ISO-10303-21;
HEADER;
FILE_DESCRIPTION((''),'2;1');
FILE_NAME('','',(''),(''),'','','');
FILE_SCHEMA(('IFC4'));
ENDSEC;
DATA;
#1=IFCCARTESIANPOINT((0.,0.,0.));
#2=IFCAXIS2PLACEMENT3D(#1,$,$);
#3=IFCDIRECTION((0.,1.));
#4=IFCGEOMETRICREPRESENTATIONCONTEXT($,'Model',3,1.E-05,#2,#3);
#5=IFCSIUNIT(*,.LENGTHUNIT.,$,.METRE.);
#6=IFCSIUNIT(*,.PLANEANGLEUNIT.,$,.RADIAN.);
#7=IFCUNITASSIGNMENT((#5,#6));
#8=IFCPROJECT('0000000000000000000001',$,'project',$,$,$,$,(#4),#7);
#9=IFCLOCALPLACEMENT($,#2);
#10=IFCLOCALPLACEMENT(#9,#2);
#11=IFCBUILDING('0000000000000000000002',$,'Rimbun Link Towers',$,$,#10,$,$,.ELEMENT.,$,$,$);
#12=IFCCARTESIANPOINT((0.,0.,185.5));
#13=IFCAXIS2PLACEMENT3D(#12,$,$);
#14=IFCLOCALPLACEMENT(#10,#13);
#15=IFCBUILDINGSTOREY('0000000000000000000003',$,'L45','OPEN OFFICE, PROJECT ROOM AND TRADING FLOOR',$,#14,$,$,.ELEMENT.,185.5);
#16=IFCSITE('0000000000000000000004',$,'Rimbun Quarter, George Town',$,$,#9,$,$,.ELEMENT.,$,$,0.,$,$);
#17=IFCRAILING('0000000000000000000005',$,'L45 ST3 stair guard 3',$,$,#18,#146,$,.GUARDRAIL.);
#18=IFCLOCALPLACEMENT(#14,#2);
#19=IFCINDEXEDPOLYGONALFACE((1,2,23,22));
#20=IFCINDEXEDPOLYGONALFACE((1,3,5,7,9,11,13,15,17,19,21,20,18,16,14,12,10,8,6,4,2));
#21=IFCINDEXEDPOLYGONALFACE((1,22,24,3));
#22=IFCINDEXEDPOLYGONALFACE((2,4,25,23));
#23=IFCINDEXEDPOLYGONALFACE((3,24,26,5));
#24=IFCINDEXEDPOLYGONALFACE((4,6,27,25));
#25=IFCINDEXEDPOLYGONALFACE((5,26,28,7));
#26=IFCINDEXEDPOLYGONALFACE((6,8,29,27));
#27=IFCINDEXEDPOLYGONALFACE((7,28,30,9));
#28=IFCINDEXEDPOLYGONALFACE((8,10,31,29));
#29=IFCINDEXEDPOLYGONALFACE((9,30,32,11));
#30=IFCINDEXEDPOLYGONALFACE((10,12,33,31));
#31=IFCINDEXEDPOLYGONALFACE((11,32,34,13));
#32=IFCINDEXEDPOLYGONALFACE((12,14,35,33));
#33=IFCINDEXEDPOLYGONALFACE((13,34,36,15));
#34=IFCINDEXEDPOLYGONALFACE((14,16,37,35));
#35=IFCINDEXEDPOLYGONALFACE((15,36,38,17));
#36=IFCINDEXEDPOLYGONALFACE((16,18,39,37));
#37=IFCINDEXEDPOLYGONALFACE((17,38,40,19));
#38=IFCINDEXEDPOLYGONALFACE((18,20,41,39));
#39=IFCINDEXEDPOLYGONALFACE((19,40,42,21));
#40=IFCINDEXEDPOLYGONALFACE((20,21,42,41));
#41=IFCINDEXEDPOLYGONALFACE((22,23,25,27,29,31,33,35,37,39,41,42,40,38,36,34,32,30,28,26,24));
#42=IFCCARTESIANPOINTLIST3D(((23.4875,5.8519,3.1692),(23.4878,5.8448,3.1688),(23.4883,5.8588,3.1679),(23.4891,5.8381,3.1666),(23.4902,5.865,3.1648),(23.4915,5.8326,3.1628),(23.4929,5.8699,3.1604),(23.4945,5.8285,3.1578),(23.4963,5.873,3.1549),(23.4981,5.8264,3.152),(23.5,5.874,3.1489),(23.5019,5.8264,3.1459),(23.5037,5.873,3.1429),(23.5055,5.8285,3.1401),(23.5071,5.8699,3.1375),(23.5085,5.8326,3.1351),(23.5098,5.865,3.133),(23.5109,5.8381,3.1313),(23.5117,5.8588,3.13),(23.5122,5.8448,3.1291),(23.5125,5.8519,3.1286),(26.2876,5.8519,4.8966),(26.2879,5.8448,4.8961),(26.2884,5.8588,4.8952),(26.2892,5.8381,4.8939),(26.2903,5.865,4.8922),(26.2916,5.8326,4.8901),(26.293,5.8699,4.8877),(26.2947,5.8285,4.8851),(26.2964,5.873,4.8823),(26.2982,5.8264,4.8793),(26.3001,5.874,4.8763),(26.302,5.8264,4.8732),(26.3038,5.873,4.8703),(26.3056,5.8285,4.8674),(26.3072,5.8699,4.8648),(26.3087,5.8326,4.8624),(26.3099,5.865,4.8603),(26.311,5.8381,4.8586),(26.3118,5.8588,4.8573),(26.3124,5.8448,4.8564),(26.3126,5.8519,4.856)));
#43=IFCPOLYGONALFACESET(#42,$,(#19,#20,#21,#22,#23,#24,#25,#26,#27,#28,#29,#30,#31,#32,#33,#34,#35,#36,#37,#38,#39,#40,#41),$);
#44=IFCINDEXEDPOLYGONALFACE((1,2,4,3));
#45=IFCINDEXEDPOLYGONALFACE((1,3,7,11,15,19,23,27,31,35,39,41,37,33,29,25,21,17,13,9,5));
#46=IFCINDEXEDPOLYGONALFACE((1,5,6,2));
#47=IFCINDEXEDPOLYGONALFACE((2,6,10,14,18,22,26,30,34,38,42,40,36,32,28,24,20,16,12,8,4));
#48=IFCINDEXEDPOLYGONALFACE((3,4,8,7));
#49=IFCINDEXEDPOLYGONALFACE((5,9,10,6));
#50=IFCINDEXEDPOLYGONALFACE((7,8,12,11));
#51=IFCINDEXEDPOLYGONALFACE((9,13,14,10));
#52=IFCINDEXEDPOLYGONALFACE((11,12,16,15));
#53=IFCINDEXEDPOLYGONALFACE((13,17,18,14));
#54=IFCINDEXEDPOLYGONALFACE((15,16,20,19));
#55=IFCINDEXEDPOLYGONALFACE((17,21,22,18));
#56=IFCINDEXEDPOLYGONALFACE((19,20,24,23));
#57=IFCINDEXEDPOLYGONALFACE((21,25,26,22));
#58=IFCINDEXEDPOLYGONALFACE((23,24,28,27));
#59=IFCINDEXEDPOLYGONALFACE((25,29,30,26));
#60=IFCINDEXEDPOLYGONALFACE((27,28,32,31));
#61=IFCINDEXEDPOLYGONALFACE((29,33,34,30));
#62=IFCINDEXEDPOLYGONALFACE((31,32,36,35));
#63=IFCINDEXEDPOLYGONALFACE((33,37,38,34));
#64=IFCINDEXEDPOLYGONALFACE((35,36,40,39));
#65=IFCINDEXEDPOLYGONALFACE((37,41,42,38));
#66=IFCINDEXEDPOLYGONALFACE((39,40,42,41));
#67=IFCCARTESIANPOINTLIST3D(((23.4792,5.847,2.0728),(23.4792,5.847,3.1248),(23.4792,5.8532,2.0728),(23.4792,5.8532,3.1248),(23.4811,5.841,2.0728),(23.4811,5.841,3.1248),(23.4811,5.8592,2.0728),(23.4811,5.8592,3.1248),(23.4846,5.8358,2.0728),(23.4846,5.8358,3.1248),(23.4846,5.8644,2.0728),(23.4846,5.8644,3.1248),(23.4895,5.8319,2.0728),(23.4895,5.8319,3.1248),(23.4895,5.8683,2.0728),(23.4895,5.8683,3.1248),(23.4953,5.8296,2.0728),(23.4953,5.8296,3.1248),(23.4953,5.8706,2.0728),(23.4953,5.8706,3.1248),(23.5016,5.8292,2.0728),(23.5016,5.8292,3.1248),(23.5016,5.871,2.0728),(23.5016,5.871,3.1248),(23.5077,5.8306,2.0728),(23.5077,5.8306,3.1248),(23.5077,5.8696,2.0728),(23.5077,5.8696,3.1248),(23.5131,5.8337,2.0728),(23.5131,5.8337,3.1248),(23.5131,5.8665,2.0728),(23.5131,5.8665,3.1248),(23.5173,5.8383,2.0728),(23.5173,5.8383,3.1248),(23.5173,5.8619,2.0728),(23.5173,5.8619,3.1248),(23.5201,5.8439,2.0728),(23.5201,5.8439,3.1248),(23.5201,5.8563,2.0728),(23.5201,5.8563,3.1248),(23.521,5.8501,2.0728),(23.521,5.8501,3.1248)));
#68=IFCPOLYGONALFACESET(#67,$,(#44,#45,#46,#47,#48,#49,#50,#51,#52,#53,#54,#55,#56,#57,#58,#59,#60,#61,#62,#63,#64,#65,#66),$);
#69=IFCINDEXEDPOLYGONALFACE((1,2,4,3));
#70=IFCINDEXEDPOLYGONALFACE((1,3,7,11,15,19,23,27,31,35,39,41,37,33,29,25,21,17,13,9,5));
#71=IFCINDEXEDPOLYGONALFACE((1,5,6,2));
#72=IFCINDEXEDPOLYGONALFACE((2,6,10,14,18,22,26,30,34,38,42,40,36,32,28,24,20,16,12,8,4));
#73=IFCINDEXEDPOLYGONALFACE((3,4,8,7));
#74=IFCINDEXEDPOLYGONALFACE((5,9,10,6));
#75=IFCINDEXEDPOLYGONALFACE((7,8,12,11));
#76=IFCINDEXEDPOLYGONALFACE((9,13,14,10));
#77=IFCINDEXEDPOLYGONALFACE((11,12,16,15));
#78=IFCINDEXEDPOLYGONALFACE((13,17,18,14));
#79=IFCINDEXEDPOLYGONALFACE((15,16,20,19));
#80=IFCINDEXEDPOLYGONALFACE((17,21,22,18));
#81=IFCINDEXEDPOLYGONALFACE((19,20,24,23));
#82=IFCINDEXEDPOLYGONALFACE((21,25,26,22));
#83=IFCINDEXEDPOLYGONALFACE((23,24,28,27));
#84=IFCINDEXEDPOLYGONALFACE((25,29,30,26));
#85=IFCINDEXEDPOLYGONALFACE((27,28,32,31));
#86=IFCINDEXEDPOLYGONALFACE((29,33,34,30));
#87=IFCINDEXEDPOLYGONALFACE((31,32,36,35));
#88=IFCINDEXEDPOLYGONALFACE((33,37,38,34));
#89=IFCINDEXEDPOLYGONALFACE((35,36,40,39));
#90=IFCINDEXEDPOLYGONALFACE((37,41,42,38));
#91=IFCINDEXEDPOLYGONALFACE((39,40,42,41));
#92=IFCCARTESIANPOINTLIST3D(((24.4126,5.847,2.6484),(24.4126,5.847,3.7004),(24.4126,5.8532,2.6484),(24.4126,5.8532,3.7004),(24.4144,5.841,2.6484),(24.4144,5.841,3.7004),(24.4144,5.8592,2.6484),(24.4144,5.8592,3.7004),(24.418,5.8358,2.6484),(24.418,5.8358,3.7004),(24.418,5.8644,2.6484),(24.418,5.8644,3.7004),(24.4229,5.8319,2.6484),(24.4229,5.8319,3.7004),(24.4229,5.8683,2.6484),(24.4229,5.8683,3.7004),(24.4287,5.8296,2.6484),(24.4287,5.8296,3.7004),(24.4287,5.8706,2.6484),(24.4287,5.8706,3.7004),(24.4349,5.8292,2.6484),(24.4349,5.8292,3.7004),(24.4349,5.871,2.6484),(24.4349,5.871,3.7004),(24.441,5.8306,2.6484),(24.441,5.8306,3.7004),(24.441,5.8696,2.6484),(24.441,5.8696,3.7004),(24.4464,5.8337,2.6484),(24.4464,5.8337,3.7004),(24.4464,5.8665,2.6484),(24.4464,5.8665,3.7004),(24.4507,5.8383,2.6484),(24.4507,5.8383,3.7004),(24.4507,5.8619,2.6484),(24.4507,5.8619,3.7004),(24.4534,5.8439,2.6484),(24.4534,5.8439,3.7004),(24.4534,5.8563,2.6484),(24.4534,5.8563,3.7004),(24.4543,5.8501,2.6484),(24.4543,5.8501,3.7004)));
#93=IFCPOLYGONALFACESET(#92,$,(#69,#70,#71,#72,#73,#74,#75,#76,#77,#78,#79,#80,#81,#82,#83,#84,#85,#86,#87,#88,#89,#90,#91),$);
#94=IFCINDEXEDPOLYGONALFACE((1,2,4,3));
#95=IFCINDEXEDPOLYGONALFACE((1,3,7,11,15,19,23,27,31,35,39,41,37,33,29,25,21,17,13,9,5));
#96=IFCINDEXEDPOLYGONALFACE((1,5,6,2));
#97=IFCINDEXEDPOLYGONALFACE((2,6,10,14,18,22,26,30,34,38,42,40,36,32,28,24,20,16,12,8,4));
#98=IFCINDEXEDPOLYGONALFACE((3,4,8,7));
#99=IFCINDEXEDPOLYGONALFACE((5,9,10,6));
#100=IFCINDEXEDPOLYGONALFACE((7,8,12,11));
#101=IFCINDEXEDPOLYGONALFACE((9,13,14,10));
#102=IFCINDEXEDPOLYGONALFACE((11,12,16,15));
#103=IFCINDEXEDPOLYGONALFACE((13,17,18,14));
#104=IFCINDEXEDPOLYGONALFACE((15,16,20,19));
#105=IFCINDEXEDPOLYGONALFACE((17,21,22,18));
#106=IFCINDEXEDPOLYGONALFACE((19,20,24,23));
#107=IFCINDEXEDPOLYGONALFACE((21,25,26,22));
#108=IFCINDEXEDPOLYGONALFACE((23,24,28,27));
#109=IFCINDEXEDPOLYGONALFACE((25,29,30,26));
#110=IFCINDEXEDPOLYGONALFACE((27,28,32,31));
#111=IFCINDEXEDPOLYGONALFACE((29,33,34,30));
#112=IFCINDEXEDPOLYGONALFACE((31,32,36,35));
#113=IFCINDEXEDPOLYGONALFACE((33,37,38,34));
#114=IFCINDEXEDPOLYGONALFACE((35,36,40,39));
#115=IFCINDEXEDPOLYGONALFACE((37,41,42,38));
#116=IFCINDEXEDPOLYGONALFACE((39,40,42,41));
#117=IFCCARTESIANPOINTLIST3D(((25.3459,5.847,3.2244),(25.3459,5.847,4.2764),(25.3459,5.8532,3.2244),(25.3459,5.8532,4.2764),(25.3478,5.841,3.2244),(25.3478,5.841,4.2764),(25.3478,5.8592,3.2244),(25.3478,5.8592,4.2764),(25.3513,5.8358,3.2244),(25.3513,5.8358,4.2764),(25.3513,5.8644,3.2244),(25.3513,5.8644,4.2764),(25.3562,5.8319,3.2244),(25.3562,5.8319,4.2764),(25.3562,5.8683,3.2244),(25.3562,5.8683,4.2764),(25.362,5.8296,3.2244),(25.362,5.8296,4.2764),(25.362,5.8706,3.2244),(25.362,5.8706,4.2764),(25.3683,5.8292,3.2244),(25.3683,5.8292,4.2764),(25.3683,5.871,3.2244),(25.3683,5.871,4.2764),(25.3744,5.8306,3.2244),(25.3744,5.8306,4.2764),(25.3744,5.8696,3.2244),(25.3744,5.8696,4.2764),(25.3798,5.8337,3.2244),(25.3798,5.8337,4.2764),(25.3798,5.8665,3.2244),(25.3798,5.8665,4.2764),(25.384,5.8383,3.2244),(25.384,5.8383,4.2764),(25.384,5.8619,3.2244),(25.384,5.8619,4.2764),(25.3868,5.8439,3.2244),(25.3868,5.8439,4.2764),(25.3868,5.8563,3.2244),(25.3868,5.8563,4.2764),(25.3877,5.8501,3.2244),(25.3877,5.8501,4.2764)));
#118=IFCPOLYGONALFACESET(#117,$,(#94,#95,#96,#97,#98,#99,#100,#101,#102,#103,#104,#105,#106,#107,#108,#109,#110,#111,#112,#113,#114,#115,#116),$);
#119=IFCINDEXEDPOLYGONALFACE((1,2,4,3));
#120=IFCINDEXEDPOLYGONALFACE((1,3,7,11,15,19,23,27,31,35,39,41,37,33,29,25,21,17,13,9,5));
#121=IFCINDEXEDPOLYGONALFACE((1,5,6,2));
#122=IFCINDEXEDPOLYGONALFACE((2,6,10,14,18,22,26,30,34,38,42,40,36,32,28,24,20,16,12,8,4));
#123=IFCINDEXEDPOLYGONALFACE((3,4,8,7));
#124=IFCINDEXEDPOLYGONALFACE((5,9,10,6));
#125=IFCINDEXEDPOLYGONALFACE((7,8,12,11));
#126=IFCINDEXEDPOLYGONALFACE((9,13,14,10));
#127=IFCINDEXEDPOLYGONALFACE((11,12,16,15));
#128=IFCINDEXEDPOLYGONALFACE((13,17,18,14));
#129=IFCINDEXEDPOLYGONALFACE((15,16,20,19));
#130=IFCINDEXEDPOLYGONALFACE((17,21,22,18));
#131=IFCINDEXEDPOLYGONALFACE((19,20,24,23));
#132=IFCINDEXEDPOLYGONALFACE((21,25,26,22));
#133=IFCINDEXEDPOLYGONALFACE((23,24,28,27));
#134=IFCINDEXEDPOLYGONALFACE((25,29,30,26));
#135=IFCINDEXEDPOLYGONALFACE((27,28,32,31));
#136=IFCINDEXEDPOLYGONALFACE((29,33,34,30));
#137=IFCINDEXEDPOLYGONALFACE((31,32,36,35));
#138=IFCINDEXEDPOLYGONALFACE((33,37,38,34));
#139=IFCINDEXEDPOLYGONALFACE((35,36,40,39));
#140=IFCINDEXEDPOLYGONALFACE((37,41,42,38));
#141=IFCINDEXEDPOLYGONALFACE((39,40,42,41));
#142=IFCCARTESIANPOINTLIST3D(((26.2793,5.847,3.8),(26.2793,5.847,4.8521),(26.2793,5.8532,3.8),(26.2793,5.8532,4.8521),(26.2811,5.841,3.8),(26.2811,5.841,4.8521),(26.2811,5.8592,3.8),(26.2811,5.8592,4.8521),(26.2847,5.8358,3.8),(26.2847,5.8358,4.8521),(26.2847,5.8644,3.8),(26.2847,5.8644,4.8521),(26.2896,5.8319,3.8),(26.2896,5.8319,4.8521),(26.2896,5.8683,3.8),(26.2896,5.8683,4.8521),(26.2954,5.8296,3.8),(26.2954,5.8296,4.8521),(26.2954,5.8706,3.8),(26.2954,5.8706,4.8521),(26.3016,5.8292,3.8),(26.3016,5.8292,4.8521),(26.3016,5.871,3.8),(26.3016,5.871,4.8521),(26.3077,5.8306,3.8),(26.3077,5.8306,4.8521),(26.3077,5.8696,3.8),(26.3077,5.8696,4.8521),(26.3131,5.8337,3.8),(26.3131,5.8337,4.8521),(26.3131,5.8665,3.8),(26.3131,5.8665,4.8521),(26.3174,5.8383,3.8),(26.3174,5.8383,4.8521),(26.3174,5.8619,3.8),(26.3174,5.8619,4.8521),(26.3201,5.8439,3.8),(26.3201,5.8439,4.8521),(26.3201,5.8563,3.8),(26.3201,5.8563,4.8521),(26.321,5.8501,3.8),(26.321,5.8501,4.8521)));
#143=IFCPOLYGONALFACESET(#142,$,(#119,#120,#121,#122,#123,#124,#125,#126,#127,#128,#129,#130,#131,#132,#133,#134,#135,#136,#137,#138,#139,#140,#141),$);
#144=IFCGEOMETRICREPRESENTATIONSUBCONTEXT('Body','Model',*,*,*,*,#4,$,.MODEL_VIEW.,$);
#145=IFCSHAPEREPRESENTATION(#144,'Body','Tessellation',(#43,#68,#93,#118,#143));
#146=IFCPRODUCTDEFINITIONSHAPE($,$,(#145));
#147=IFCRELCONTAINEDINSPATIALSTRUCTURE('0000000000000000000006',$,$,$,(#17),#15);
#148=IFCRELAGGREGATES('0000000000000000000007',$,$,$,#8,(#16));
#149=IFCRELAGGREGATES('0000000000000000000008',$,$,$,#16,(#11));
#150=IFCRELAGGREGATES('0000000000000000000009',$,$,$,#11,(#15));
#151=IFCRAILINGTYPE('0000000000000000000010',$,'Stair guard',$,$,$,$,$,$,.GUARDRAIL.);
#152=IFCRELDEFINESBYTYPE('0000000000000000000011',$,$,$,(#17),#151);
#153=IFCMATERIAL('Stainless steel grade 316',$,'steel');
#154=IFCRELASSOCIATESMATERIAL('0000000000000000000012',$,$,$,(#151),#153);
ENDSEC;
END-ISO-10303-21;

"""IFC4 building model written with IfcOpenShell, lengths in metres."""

from ifc_helpers import new_model, si_unit, direction, frame, origin, origin_2d, place, context, subcontext, project, spatial, circle, extrude, material, type_object, element, save


model = new_model("IFC4")

# Units and contexts
model_context = context("Model", 3, precision=1e-05, world=origin(), true_north=direction((0.0, 1.0)))
body_context = subcontext(model_context, "Body", "Model", "MODEL_VIEW")
ifc_project = project(units=[si_unit("LENGTHUNIT", "METRE"), si_unit("PLANEANGLEUNIT", "RADIAN")], contexts=[model_context])

# Site, building, storey
site_placement = place(None, origin())
site = spatial("IfcSite", under=ifc_project, at=site_placement, Name="Rimbun Quarter, George Town", CompositionType="ELEMENT", RefElevation=0.0)
building_placement = place(site_placement, origin())
building = spatial("IfcBuilding", under=site, at=building_placement, Name="Rimbun Link Towers", CompositionType="ELEMENT")
storey_placement = place(building_placement, frame((0.0, 0.0, 185.5)))
storey = spatial("IfcBuildingStorey", under=building, at=storey_placement, Name="L45", Description="OPEN OFFICE, PROJECT ROOM AND TRADING FLOOR", CompositionType="ELEMENT", Elevation=185.5)

# Railing
ifc_material_1 = material(Name="Stainless steel grade 316", Category="steel")
railing_type_1 = type_object("IfcRailingType", Name="Stair guard", PredefinedType="GUARDRAIL", material=ifc_material_1)
railing_1_placement = place(storey_placement, frame((23.5, 5.8501, 2.0728)))
element("IfcRailing", 1, at=railing_1_placement, inside=storey, type_object=railing_type_1, Name="L45 ST3 stair guard 3", PredefinedType="GUARDRAIL", context=body_context, shape_type="SweptSolid", body=[
    extrude(circle(Radius=0.0239, at=origin_2d()), frame((0.0, 0.0, 1.0762), z_axis=(0.85109, 0.0, 0.52502), x_axis=(0.0, 1.0, 0.0)), (0.0, 0.0, 1.0), 3.29),
    extrude(circle(Radius=0.021, at=origin_2d()), origin(), (0.0, 0.0, 1.0), 1.052),
    extrude(circle(Radius=0.021, at=origin_2d()), frame((0.9333, 0.0, 0.5757)), (0.0, 0.0, 1.0), 1.052),
    extrude(circle(Radius=0.021, at=origin_2d()), frame((1.8667, 0.0, 1.1516)), (0.0, 0.0, 1.0), 1.052),
    extrude(circle(Radius=0.021, at=origin_2d()), frame((2.8, 0.0, 1.7273)), (0.0, 0.0, 1.0), 1.052),
])

save(model, "model.ifc")
